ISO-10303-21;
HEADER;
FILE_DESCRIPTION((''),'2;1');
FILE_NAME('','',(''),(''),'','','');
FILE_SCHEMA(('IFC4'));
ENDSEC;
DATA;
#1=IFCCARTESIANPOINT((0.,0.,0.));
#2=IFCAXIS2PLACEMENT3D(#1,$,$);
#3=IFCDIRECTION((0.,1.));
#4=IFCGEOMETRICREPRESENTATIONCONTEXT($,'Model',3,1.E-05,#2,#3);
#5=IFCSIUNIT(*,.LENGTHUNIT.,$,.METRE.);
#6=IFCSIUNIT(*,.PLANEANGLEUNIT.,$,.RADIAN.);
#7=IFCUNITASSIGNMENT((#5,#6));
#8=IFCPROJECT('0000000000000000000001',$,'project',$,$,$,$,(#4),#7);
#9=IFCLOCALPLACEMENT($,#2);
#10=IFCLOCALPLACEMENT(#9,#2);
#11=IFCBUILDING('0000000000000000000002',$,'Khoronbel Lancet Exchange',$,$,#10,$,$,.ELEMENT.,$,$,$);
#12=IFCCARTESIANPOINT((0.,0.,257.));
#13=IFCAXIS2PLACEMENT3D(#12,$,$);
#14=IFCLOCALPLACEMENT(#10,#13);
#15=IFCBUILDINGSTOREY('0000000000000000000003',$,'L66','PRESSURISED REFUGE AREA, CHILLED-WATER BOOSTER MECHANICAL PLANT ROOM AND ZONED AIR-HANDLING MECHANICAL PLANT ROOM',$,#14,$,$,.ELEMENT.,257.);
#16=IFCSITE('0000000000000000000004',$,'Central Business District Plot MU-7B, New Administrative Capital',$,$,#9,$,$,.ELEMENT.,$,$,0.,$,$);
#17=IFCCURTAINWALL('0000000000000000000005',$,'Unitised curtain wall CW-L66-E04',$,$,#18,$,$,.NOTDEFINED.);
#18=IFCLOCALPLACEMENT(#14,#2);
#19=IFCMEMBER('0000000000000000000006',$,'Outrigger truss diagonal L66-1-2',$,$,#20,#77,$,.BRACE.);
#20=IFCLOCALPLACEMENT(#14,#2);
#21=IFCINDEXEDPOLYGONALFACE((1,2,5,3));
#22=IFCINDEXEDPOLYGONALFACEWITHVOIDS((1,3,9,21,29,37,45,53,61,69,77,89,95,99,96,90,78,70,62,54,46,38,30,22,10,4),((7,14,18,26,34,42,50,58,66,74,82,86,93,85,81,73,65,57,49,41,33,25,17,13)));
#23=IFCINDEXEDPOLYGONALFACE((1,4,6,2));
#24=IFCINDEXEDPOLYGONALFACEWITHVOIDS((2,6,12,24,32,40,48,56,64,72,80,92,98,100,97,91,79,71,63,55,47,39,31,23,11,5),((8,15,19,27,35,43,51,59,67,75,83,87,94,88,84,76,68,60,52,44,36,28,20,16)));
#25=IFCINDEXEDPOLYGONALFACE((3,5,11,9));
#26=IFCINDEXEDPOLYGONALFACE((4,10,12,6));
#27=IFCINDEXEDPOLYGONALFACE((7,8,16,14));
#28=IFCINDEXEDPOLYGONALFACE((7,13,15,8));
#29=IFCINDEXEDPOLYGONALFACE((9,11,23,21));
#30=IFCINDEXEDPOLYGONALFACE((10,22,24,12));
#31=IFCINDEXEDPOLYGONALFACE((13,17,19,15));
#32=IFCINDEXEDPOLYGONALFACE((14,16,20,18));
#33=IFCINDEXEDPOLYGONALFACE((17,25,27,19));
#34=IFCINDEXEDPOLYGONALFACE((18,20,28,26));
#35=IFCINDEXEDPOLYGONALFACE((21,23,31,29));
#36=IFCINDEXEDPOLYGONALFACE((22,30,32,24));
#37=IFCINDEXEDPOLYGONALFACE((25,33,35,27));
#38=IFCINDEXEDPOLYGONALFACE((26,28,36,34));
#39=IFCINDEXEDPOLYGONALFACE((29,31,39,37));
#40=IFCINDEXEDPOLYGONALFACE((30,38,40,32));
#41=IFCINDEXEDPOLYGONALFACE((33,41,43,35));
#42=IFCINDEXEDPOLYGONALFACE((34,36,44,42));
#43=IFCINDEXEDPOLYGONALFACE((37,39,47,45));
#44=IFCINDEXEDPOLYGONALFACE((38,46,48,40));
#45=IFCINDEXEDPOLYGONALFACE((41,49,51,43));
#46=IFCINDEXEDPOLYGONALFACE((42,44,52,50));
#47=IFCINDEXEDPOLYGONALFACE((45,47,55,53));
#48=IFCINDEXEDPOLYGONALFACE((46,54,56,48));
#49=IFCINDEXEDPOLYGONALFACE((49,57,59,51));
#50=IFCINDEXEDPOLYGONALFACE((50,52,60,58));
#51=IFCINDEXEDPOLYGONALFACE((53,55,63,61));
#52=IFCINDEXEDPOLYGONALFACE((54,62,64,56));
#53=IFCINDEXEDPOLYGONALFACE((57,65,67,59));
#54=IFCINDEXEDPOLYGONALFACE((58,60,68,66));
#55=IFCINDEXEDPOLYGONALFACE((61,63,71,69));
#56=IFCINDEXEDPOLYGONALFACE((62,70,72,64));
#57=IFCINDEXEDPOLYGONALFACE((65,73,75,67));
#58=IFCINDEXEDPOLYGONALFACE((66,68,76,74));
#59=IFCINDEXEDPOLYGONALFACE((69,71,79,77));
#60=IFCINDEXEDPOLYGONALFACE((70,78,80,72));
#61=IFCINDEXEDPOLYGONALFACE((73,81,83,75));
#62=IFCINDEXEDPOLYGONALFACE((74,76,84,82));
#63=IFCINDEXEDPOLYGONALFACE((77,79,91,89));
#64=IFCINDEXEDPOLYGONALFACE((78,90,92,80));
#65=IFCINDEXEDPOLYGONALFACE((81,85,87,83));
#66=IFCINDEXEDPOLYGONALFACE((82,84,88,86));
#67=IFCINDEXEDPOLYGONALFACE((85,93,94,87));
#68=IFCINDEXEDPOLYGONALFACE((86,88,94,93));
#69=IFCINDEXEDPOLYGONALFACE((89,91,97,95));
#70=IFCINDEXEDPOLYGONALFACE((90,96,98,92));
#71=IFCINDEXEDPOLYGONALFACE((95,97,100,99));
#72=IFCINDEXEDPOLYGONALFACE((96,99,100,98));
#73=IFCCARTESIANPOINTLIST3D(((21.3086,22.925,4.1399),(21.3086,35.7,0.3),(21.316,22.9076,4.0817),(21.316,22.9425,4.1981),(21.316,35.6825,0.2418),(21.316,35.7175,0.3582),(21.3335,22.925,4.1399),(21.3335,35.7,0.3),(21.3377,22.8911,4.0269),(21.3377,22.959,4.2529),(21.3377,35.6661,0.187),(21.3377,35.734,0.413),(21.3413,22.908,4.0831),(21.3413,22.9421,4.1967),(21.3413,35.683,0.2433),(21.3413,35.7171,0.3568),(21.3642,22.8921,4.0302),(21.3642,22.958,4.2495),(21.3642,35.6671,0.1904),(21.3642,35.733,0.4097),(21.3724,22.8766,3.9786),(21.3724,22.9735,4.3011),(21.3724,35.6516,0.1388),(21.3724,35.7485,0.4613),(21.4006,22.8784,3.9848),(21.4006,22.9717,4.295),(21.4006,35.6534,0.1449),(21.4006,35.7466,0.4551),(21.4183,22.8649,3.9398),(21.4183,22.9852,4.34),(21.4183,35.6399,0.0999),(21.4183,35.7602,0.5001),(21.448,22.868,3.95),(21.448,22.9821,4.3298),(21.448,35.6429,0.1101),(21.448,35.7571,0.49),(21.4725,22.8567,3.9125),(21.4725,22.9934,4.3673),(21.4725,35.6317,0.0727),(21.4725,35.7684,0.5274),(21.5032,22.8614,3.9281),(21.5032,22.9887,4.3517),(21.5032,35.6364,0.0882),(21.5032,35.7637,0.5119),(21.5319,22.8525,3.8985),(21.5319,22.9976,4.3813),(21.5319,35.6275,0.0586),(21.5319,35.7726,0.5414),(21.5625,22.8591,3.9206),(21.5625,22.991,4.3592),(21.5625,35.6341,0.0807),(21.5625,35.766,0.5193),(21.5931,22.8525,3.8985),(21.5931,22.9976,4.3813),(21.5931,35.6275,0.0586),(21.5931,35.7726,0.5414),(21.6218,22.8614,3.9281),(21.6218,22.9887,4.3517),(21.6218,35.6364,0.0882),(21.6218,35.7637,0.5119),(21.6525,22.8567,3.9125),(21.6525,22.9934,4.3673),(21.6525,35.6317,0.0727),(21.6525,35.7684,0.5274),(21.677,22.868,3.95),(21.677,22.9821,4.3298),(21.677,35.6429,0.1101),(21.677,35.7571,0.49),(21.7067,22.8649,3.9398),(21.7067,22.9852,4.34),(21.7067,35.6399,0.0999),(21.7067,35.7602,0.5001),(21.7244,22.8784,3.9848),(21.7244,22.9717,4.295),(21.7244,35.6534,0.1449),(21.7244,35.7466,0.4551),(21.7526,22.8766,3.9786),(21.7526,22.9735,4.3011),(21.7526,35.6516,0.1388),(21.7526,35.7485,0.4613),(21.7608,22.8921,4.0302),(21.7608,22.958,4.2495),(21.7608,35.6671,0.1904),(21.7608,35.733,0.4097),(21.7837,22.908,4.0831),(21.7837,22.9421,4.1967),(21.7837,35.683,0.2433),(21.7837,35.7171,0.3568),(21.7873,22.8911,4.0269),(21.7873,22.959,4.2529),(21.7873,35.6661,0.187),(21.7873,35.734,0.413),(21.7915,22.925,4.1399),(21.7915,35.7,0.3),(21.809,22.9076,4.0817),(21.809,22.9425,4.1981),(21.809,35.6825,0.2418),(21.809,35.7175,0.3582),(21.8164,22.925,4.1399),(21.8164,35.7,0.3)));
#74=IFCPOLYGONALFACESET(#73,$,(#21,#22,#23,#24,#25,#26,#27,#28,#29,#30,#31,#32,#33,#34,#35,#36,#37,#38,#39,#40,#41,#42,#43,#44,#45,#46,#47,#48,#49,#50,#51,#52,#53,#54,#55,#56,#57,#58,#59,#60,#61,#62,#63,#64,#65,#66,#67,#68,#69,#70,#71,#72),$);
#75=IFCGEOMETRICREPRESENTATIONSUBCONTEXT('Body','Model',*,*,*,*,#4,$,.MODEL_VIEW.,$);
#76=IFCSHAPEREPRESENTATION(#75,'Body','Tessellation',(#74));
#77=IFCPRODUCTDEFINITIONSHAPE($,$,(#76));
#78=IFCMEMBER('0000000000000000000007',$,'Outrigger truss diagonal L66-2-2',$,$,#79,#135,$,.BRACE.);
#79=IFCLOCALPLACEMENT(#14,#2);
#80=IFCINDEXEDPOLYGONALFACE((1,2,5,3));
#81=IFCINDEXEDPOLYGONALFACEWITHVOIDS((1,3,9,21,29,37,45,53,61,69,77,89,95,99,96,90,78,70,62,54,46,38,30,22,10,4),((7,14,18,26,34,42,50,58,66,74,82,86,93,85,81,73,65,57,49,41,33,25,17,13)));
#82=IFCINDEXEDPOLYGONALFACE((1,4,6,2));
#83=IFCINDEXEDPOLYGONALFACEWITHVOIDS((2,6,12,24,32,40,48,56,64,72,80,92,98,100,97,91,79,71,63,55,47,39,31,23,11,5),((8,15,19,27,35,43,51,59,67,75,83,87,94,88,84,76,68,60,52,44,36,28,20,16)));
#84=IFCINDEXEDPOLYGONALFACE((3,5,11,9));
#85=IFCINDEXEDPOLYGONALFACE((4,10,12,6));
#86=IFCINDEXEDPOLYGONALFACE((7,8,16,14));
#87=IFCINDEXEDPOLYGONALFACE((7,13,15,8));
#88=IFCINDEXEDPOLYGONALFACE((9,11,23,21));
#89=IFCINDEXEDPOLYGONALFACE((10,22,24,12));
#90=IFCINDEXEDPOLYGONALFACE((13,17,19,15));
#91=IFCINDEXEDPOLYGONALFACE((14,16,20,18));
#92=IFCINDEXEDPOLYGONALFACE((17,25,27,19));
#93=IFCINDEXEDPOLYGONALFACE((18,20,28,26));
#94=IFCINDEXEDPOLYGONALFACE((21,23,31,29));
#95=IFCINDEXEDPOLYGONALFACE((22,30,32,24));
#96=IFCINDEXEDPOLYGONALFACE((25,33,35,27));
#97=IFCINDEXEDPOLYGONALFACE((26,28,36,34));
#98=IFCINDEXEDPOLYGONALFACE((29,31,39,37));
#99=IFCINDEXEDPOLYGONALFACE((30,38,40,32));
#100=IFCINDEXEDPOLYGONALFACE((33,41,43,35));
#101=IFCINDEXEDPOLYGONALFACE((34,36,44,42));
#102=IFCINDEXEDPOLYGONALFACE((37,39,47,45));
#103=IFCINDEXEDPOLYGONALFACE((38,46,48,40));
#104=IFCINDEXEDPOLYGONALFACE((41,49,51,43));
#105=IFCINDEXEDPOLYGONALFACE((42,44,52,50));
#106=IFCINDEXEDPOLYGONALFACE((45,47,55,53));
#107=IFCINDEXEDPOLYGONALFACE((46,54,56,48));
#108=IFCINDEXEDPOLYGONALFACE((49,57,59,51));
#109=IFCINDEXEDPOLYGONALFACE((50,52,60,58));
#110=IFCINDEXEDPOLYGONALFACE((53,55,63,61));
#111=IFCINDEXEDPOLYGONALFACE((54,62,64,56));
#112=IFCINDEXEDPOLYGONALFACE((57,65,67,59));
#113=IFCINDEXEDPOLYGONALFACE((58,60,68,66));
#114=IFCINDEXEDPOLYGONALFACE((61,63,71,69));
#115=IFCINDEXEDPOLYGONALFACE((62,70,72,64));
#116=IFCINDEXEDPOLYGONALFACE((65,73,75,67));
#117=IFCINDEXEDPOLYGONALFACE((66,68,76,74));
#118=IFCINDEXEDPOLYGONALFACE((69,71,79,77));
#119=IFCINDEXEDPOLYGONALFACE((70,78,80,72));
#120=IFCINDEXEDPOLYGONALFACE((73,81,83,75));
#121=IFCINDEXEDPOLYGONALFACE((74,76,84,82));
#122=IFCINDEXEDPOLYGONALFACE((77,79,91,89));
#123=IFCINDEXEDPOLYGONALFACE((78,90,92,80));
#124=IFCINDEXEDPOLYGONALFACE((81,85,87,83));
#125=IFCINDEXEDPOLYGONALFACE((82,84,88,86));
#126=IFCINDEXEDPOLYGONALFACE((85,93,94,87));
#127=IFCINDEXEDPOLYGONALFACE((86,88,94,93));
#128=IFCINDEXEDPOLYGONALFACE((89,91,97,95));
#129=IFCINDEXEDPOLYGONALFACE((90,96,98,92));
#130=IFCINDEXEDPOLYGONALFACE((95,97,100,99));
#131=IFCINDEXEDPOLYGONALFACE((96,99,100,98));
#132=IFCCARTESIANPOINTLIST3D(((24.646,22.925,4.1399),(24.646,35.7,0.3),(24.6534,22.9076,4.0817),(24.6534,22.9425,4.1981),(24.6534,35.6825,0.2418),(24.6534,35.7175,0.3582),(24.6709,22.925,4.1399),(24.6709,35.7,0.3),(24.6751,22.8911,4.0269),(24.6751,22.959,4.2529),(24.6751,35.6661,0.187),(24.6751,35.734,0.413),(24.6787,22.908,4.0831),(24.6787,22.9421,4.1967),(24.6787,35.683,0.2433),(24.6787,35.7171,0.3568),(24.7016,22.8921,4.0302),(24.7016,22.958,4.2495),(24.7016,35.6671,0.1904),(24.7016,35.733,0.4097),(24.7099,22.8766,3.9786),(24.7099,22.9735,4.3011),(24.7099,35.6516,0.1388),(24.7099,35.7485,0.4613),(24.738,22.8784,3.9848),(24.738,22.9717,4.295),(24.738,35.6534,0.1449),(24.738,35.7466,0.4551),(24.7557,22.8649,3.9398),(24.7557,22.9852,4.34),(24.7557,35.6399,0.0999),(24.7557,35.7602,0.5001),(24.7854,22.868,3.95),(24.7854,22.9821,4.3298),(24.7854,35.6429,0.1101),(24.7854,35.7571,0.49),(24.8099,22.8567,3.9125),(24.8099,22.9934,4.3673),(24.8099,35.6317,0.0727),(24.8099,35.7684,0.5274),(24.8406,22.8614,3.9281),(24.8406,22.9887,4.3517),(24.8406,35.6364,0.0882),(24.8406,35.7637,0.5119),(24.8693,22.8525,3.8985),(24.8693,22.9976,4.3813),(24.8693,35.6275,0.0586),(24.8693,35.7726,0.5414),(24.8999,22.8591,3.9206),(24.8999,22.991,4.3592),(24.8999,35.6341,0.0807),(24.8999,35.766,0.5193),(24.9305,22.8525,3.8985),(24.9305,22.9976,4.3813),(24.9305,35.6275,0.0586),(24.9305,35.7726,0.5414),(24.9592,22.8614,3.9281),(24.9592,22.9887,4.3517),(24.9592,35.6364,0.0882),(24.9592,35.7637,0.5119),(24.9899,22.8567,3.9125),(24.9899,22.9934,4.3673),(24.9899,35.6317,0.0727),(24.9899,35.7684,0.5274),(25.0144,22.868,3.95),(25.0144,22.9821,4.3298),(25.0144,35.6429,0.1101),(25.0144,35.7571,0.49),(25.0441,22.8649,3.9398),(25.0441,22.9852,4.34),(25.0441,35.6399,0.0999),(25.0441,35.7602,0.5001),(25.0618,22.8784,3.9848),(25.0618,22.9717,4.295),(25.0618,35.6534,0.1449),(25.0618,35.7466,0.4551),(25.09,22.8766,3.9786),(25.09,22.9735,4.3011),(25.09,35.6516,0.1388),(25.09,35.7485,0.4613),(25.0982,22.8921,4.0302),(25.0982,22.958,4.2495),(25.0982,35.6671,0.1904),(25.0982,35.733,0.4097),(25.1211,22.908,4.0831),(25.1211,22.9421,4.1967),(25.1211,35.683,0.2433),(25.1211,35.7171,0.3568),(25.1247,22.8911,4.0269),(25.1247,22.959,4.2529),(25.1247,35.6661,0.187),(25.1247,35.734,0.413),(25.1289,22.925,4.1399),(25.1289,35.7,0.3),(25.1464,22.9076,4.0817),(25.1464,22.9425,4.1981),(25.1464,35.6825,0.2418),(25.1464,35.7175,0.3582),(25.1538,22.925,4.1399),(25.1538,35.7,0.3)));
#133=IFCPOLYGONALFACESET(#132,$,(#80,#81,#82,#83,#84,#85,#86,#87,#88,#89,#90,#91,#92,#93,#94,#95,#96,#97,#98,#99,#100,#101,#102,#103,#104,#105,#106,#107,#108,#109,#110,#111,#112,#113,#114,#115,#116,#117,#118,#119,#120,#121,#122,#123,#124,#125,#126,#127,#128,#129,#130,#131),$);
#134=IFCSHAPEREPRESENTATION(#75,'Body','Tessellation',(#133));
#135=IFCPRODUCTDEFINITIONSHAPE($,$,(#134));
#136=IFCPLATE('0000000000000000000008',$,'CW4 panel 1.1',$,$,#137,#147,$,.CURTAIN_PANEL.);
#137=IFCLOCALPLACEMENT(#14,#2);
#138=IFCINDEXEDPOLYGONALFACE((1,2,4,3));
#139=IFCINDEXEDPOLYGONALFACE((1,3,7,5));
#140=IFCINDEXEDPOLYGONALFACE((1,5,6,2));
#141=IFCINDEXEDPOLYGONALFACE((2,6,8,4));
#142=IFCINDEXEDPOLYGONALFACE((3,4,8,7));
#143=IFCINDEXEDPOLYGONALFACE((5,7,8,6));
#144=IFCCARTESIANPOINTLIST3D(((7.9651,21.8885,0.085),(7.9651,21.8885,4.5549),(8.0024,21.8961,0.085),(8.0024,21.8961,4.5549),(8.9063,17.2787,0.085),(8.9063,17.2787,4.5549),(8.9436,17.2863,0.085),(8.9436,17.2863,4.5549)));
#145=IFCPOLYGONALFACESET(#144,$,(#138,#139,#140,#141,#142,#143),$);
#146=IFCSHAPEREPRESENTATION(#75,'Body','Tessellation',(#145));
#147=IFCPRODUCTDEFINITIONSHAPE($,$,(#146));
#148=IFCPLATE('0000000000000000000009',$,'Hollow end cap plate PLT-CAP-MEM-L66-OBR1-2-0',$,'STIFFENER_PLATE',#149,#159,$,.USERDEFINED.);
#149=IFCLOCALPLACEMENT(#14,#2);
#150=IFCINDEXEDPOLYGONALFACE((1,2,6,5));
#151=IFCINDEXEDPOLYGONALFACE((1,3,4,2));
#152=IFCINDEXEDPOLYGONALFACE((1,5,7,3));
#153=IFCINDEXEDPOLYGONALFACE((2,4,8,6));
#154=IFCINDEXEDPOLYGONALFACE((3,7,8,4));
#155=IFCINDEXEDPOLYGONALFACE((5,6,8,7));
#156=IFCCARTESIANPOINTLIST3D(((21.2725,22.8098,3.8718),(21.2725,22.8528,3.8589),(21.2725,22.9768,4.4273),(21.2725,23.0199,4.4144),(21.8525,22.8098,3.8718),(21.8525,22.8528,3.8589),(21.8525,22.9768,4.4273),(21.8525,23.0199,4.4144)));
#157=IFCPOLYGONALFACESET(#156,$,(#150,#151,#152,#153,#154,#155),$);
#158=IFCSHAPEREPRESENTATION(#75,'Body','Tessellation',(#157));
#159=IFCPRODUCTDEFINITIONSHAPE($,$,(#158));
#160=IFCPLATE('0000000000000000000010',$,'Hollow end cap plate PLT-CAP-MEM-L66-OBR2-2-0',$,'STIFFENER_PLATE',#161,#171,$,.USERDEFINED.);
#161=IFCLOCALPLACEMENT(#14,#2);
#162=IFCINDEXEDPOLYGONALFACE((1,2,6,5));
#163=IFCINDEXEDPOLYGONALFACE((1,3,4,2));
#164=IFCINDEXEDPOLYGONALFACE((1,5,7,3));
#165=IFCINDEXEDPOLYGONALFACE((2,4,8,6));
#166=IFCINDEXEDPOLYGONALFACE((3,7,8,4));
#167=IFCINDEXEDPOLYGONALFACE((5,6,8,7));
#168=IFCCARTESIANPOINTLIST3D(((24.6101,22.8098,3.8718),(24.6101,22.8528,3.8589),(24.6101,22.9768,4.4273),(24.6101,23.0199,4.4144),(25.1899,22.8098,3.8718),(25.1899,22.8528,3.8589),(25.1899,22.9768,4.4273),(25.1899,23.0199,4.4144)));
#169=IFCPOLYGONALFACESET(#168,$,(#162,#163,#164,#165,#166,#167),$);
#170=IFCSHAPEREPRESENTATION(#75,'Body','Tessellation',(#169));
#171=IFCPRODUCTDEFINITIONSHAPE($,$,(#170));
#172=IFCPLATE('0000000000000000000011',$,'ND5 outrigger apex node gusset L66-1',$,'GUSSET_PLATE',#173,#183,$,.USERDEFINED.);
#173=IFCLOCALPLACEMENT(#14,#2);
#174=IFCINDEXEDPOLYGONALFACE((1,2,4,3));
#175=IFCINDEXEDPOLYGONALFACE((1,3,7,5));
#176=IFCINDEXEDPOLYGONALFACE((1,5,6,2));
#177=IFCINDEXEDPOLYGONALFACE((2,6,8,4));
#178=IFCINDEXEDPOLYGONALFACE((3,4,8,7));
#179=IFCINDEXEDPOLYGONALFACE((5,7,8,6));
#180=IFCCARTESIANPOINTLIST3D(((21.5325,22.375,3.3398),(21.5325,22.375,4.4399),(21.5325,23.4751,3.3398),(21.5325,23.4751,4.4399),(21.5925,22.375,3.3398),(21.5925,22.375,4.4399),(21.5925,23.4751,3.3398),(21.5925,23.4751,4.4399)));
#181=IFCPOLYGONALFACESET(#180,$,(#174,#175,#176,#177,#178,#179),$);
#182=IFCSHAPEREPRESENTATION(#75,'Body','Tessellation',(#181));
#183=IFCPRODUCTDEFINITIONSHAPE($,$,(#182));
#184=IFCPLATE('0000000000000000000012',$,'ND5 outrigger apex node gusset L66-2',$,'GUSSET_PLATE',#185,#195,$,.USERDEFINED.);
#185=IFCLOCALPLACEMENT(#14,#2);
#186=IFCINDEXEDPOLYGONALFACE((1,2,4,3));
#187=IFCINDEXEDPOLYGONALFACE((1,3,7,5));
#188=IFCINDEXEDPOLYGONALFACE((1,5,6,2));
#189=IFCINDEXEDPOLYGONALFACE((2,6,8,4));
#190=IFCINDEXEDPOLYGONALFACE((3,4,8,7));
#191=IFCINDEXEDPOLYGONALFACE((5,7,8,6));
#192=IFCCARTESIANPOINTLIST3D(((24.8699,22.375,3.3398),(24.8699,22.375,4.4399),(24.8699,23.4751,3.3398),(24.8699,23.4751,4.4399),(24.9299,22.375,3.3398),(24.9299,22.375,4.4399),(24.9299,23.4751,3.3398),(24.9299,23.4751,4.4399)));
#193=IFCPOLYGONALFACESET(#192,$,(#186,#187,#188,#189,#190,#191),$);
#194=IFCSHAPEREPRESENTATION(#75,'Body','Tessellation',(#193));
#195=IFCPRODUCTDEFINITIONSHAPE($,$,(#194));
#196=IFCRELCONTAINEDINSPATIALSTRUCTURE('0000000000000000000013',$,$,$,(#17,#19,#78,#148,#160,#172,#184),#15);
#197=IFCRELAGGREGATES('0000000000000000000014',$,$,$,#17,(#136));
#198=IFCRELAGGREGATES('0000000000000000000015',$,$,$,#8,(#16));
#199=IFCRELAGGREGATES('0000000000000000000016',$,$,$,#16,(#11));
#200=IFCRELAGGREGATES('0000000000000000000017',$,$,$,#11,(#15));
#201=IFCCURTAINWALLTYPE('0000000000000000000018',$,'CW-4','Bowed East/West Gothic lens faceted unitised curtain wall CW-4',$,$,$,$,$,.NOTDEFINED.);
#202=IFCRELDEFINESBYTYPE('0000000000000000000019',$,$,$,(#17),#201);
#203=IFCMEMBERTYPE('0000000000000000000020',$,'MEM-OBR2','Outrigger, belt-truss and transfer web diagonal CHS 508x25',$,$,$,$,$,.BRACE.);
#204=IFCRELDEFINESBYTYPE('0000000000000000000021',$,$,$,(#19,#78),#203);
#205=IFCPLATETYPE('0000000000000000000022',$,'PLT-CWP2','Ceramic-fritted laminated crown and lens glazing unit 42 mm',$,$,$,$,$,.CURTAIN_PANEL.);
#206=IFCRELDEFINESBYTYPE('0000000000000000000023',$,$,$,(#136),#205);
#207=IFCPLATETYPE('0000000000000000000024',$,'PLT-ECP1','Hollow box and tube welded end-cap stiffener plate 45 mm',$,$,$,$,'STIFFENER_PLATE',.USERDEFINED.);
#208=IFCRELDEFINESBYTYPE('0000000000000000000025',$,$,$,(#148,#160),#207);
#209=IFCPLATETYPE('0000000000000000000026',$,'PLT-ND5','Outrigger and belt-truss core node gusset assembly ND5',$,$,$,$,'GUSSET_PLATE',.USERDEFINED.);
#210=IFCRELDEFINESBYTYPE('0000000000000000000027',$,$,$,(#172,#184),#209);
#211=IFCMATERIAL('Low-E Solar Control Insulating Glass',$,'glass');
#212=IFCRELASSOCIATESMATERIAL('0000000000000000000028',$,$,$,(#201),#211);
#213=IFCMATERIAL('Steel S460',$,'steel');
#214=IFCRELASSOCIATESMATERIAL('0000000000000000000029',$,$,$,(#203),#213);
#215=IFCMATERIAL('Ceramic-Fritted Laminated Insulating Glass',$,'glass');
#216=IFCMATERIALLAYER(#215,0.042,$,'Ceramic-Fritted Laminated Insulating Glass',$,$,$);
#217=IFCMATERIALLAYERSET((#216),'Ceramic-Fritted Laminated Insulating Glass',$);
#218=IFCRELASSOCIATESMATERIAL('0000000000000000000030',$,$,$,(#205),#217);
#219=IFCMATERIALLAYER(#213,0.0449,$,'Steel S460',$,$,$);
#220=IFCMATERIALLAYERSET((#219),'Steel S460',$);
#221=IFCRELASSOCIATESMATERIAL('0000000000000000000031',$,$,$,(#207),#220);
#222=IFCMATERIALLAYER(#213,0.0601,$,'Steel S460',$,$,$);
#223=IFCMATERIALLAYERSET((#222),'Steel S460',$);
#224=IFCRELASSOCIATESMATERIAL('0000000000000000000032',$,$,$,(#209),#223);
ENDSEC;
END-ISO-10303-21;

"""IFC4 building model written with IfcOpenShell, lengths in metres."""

from ifc_helpers import new_model, si_unit, direction, frame, origin, origin_2d, place, context, subcontext, project, spatial, polyline, rectangle, hollow_circle, outline, extrude, material, layer, layer_set, material_profile, profile_set, type_object, element, aggregate, save


model = new_model("IFC4")

# Units and contexts
model_context = context("Model", 3, precision=1e-05, world=origin(), true_north=direction((0.0, 1.0)))
body_context = subcontext(model_context, "Body", "Model", "MODEL_VIEW")
ifc_project = project(units=[si_unit("LENGTHUNIT", "METRE"), si_unit("PLANEANGLEUNIT", "RADIAN")], contexts=[model_context])

# Site, building, storey
site_placement = place(None, origin())
site = spatial("IfcSite", under=ifc_project, at=site_placement, Name="Central Business District Plot MU-7B, New Administrative Capital", CompositionType="ELEMENT", RefElevation=0.0)
building_placement = place(site_placement, origin())
building = spatial("IfcBuilding", under=site, at=building_placement, Name="Khoronbel Lancet Exchange", CompositionType="ELEMENT")
storey_placement = place(building_placement, frame((0.0, 0.0, 257.0)))
storey = spatial("IfcBuildingStorey", under=building, at=storey_placement, Name="L66", Description="PRESSURISED REFUGE AREA, CHILLED-WATER BOOSTER MECHANICAL PLANT ROOM AND ZONED AIR-HANDLING MECHANICAL PLANT ROOM", CompositionType="ELEMENT", Elevation=257.0)

# Curtain wall
ifc_material_1 = material(Name="Low-E Solar Control Insulating Glass", Category="glass")
curtain_wall_type = type_object("IfcCurtainWallType", Name="CW-4", Description="Bowed East/West Gothic lens faceted unitised curtain wall CW-4", PredefinedType="NOTDEFINED", material=ifc_material_1)
curtain_wall_1_placement = place(storey_placement, origin())
curtain_wall_1 = element("IfcCurtainWall", 1, at=curtain_wall_1_placement, inside=storey, type_object=curtain_wall_type, Name="Unitised curtain wall CW-L66-E04", PredefinedType="NOTDEFINED")

# Members
ifc_material_2 = material(Name="Steel S460", Category="steel")
ifc_material_profile_1 = material_profile(ifc_material_2, hollow_circle(Radius=0.2539, WallThickness=0.0249, at=origin_2d()), Name="CHS 508x25")
ifc_profile_set_1 = profile_set([ifc_material_profile_1], Name="Steel S460")
member_type_1 = type_object("IfcMemberType", Name="MEM-OBR2", Description="Outrigger, belt-truss and transfer web diagonal CHS 508x25", PredefinedType="BRACE", material=ifc_profile_set_1)
for number, where, z_axis, x_axis, name in (
    (2, (21.5625, 22.925, 4.1399), (0.0, 0.957674, -0.287855), (-1.0, 0.0, 0.0), "Outrigger truss diagonal L66-1-2"),
    (3, (24.8999, 22.925, 4.1399), (0.0, 0.957674, -0.287855), (-1.0, 0.0, 0.0), "Outrigger truss diagonal L66-2-2"),
):
    element("IfcMember", number, at=place(storey_placement, frame(where, z_axis=z_axis, x_axis=x_axis)), inside=storey, type_object=member_type_1, Name=name, PredefinedType="BRACE", context=body_context, shape_type="SweptSolid", body=[
        extrude(hollow_circle(Radius=0.2539, WallThickness=0.0249, at=origin_2d()), origin(), (0.0, 0.0, 1.0), 13.3396),
    ])

# Plate
ifc_material_3 = material(Name="Ceramic-Fritted Laminated Insulating Glass", Category="glass")
ifc_layer_1 = layer(ifc_material_3, 0.042, Name="Ceramic-Fritted Laminated Insulating Glass")
ifc_layer_set_1 = layer_set([ifc_layer_1], Name="Ceramic-Fritted Laminated Insulating Glass")
plate_type_1 = type_object("IfcPlateType", Name="PLT-CWP2", Description="Ceramic-fritted laminated crown and lens glazing unit 42 mm", PredefinedType="CURTAIN_PANEL", material=ifc_layer_set_1)
plate_1_placement = place(storey_placement, frame((8.4543, 19.5874, 0.085), z_axis=(0.0, 0.0, 1.0), x_axis=(-0.200052, 0.979785, 0.0)))
plate_1 = element("IfcPlate", 4, at=plate_1_placement, type_object=plate_type_1, Name="CW4 panel 1.1", PredefinedType="CURTAIN_PANEL", context=body_context, shape_type="SweptSolid", body=[
    extrude(rectangle(XDim=4.7048, YDim=0.0381, at=origin_2d()), origin(), (0.0, 0.0, 1.0), 4.47),
])
aggregate(curtain_wall_1, [plate_1])

# Plates
ifc_layer_2 = layer(ifc_material_2, 0.0449, Name="Steel S460")
ifc_layer_set_2 = layer_set([ifc_layer_2], Name="Steel S460")
plate_type_2 = type_object("IfcPlateType", Name="PLT-ECP1", Description="Hollow box and tube welded end-cap stiffener plate 45 mm", ElementType="STIFFENER_PLATE", PredefinedType="USERDEFINED", material=ifc_layer_set_2)
plate_2_placement = place(storey_placement, frame((21.2725, 22.8098, 3.8718), z_axis=(0.0, -0.957652, 0.287927), x_axis=(1.0, 0.0, 0.0)))
element("IfcPlate", 5, at=plate_2_placement, inside=storey, type_object=plate_type_2, Name="Hollow end cap plate PLT-CAP-MEM-L66-OBR1-2-0", ObjectType="STIFFENER_PLATE", PredefinedType="USERDEFINED", context=body_context, shape_type="SweptSolid", body=[
    extrude(outline(polyline([(0.0, 0.0), (0.5801, 0.0), (0.5801, 0.5801), (0.0, 0.5801), (0.0, 0.0)])), origin(), (0.0, 0.0, -1.0), 0.0449),
])
plate_3_placement = place(storey_placement, frame((24.6101, 22.8098, 3.8718), z_axis=(0.0, -0.957652, 0.287927), x_axis=(1.0, 0.0, 0.0)))
element("IfcPlate", 6, at=plate_3_placement, inside=storey, type_object=plate_type_2, Name="Hollow end cap plate PLT-CAP-MEM-L66-OBR2-2-0", ObjectType="STIFFENER_PLATE", PredefinedType="USERDEFINED", context=body_context, shape_type="SweptSolid", body=[
    extrude(outline(polyline([(0.0, 0.0), (0.5798, 0.0), (0.5798, 0.5801), (0.0, 0.5801), (0.0, 0.0)])), origin(), (0.0, 0.0, -1.0), 0.0449),
])
ifc_layer_3 = layer(ifc_material_2, 0.0601, Name="Steel S460")
ifc_layer_set_3 = layer_set([ifc_layer_3], Name="Steel S460")
plate_type_3 = type_object("IfcPlateType", Name="PLT-ND5", Description="Outrigger and belt-truss core node gusset assembly ND5", ElementType="GUSSET_PLATE", PredefinedType="USERDEFINED", material=ifc_layer_set_3)
for number, where, z_axis, x_axis, name in (
    (7, (21.5625, 22.925, 3.3398), (0.0, 0.0, 1.0), (1.0, 0.0, 0.0), "ND5 outrigger apex node gusset L66-1"),
    (8, (24.8999, 22.925, 3.3398), (0.0, 0.0, 1.0), (1.0, 0.0, 0.0), "ND5 outrigger apex node gusset L66-2"),
):
    element("IfcPlate", number, at=place(storey_placement, frame(where, z_axis=z_axis, x_axis=x_axis)), inside=storey, type_object=plate_type_3, Name=name, ObjectType="GUSSET_PLATE", PredefinedType="USERDEFINED", context=body_context, shape_type="SweptSolid", body=[
        extrude(rectangle(XDim=0.0601, YDim=1.1001, at=origin_2d()), origin(), (0.0, 0.0, 1.0), 1.1001),
    ])

save(model, "model.ifc")
